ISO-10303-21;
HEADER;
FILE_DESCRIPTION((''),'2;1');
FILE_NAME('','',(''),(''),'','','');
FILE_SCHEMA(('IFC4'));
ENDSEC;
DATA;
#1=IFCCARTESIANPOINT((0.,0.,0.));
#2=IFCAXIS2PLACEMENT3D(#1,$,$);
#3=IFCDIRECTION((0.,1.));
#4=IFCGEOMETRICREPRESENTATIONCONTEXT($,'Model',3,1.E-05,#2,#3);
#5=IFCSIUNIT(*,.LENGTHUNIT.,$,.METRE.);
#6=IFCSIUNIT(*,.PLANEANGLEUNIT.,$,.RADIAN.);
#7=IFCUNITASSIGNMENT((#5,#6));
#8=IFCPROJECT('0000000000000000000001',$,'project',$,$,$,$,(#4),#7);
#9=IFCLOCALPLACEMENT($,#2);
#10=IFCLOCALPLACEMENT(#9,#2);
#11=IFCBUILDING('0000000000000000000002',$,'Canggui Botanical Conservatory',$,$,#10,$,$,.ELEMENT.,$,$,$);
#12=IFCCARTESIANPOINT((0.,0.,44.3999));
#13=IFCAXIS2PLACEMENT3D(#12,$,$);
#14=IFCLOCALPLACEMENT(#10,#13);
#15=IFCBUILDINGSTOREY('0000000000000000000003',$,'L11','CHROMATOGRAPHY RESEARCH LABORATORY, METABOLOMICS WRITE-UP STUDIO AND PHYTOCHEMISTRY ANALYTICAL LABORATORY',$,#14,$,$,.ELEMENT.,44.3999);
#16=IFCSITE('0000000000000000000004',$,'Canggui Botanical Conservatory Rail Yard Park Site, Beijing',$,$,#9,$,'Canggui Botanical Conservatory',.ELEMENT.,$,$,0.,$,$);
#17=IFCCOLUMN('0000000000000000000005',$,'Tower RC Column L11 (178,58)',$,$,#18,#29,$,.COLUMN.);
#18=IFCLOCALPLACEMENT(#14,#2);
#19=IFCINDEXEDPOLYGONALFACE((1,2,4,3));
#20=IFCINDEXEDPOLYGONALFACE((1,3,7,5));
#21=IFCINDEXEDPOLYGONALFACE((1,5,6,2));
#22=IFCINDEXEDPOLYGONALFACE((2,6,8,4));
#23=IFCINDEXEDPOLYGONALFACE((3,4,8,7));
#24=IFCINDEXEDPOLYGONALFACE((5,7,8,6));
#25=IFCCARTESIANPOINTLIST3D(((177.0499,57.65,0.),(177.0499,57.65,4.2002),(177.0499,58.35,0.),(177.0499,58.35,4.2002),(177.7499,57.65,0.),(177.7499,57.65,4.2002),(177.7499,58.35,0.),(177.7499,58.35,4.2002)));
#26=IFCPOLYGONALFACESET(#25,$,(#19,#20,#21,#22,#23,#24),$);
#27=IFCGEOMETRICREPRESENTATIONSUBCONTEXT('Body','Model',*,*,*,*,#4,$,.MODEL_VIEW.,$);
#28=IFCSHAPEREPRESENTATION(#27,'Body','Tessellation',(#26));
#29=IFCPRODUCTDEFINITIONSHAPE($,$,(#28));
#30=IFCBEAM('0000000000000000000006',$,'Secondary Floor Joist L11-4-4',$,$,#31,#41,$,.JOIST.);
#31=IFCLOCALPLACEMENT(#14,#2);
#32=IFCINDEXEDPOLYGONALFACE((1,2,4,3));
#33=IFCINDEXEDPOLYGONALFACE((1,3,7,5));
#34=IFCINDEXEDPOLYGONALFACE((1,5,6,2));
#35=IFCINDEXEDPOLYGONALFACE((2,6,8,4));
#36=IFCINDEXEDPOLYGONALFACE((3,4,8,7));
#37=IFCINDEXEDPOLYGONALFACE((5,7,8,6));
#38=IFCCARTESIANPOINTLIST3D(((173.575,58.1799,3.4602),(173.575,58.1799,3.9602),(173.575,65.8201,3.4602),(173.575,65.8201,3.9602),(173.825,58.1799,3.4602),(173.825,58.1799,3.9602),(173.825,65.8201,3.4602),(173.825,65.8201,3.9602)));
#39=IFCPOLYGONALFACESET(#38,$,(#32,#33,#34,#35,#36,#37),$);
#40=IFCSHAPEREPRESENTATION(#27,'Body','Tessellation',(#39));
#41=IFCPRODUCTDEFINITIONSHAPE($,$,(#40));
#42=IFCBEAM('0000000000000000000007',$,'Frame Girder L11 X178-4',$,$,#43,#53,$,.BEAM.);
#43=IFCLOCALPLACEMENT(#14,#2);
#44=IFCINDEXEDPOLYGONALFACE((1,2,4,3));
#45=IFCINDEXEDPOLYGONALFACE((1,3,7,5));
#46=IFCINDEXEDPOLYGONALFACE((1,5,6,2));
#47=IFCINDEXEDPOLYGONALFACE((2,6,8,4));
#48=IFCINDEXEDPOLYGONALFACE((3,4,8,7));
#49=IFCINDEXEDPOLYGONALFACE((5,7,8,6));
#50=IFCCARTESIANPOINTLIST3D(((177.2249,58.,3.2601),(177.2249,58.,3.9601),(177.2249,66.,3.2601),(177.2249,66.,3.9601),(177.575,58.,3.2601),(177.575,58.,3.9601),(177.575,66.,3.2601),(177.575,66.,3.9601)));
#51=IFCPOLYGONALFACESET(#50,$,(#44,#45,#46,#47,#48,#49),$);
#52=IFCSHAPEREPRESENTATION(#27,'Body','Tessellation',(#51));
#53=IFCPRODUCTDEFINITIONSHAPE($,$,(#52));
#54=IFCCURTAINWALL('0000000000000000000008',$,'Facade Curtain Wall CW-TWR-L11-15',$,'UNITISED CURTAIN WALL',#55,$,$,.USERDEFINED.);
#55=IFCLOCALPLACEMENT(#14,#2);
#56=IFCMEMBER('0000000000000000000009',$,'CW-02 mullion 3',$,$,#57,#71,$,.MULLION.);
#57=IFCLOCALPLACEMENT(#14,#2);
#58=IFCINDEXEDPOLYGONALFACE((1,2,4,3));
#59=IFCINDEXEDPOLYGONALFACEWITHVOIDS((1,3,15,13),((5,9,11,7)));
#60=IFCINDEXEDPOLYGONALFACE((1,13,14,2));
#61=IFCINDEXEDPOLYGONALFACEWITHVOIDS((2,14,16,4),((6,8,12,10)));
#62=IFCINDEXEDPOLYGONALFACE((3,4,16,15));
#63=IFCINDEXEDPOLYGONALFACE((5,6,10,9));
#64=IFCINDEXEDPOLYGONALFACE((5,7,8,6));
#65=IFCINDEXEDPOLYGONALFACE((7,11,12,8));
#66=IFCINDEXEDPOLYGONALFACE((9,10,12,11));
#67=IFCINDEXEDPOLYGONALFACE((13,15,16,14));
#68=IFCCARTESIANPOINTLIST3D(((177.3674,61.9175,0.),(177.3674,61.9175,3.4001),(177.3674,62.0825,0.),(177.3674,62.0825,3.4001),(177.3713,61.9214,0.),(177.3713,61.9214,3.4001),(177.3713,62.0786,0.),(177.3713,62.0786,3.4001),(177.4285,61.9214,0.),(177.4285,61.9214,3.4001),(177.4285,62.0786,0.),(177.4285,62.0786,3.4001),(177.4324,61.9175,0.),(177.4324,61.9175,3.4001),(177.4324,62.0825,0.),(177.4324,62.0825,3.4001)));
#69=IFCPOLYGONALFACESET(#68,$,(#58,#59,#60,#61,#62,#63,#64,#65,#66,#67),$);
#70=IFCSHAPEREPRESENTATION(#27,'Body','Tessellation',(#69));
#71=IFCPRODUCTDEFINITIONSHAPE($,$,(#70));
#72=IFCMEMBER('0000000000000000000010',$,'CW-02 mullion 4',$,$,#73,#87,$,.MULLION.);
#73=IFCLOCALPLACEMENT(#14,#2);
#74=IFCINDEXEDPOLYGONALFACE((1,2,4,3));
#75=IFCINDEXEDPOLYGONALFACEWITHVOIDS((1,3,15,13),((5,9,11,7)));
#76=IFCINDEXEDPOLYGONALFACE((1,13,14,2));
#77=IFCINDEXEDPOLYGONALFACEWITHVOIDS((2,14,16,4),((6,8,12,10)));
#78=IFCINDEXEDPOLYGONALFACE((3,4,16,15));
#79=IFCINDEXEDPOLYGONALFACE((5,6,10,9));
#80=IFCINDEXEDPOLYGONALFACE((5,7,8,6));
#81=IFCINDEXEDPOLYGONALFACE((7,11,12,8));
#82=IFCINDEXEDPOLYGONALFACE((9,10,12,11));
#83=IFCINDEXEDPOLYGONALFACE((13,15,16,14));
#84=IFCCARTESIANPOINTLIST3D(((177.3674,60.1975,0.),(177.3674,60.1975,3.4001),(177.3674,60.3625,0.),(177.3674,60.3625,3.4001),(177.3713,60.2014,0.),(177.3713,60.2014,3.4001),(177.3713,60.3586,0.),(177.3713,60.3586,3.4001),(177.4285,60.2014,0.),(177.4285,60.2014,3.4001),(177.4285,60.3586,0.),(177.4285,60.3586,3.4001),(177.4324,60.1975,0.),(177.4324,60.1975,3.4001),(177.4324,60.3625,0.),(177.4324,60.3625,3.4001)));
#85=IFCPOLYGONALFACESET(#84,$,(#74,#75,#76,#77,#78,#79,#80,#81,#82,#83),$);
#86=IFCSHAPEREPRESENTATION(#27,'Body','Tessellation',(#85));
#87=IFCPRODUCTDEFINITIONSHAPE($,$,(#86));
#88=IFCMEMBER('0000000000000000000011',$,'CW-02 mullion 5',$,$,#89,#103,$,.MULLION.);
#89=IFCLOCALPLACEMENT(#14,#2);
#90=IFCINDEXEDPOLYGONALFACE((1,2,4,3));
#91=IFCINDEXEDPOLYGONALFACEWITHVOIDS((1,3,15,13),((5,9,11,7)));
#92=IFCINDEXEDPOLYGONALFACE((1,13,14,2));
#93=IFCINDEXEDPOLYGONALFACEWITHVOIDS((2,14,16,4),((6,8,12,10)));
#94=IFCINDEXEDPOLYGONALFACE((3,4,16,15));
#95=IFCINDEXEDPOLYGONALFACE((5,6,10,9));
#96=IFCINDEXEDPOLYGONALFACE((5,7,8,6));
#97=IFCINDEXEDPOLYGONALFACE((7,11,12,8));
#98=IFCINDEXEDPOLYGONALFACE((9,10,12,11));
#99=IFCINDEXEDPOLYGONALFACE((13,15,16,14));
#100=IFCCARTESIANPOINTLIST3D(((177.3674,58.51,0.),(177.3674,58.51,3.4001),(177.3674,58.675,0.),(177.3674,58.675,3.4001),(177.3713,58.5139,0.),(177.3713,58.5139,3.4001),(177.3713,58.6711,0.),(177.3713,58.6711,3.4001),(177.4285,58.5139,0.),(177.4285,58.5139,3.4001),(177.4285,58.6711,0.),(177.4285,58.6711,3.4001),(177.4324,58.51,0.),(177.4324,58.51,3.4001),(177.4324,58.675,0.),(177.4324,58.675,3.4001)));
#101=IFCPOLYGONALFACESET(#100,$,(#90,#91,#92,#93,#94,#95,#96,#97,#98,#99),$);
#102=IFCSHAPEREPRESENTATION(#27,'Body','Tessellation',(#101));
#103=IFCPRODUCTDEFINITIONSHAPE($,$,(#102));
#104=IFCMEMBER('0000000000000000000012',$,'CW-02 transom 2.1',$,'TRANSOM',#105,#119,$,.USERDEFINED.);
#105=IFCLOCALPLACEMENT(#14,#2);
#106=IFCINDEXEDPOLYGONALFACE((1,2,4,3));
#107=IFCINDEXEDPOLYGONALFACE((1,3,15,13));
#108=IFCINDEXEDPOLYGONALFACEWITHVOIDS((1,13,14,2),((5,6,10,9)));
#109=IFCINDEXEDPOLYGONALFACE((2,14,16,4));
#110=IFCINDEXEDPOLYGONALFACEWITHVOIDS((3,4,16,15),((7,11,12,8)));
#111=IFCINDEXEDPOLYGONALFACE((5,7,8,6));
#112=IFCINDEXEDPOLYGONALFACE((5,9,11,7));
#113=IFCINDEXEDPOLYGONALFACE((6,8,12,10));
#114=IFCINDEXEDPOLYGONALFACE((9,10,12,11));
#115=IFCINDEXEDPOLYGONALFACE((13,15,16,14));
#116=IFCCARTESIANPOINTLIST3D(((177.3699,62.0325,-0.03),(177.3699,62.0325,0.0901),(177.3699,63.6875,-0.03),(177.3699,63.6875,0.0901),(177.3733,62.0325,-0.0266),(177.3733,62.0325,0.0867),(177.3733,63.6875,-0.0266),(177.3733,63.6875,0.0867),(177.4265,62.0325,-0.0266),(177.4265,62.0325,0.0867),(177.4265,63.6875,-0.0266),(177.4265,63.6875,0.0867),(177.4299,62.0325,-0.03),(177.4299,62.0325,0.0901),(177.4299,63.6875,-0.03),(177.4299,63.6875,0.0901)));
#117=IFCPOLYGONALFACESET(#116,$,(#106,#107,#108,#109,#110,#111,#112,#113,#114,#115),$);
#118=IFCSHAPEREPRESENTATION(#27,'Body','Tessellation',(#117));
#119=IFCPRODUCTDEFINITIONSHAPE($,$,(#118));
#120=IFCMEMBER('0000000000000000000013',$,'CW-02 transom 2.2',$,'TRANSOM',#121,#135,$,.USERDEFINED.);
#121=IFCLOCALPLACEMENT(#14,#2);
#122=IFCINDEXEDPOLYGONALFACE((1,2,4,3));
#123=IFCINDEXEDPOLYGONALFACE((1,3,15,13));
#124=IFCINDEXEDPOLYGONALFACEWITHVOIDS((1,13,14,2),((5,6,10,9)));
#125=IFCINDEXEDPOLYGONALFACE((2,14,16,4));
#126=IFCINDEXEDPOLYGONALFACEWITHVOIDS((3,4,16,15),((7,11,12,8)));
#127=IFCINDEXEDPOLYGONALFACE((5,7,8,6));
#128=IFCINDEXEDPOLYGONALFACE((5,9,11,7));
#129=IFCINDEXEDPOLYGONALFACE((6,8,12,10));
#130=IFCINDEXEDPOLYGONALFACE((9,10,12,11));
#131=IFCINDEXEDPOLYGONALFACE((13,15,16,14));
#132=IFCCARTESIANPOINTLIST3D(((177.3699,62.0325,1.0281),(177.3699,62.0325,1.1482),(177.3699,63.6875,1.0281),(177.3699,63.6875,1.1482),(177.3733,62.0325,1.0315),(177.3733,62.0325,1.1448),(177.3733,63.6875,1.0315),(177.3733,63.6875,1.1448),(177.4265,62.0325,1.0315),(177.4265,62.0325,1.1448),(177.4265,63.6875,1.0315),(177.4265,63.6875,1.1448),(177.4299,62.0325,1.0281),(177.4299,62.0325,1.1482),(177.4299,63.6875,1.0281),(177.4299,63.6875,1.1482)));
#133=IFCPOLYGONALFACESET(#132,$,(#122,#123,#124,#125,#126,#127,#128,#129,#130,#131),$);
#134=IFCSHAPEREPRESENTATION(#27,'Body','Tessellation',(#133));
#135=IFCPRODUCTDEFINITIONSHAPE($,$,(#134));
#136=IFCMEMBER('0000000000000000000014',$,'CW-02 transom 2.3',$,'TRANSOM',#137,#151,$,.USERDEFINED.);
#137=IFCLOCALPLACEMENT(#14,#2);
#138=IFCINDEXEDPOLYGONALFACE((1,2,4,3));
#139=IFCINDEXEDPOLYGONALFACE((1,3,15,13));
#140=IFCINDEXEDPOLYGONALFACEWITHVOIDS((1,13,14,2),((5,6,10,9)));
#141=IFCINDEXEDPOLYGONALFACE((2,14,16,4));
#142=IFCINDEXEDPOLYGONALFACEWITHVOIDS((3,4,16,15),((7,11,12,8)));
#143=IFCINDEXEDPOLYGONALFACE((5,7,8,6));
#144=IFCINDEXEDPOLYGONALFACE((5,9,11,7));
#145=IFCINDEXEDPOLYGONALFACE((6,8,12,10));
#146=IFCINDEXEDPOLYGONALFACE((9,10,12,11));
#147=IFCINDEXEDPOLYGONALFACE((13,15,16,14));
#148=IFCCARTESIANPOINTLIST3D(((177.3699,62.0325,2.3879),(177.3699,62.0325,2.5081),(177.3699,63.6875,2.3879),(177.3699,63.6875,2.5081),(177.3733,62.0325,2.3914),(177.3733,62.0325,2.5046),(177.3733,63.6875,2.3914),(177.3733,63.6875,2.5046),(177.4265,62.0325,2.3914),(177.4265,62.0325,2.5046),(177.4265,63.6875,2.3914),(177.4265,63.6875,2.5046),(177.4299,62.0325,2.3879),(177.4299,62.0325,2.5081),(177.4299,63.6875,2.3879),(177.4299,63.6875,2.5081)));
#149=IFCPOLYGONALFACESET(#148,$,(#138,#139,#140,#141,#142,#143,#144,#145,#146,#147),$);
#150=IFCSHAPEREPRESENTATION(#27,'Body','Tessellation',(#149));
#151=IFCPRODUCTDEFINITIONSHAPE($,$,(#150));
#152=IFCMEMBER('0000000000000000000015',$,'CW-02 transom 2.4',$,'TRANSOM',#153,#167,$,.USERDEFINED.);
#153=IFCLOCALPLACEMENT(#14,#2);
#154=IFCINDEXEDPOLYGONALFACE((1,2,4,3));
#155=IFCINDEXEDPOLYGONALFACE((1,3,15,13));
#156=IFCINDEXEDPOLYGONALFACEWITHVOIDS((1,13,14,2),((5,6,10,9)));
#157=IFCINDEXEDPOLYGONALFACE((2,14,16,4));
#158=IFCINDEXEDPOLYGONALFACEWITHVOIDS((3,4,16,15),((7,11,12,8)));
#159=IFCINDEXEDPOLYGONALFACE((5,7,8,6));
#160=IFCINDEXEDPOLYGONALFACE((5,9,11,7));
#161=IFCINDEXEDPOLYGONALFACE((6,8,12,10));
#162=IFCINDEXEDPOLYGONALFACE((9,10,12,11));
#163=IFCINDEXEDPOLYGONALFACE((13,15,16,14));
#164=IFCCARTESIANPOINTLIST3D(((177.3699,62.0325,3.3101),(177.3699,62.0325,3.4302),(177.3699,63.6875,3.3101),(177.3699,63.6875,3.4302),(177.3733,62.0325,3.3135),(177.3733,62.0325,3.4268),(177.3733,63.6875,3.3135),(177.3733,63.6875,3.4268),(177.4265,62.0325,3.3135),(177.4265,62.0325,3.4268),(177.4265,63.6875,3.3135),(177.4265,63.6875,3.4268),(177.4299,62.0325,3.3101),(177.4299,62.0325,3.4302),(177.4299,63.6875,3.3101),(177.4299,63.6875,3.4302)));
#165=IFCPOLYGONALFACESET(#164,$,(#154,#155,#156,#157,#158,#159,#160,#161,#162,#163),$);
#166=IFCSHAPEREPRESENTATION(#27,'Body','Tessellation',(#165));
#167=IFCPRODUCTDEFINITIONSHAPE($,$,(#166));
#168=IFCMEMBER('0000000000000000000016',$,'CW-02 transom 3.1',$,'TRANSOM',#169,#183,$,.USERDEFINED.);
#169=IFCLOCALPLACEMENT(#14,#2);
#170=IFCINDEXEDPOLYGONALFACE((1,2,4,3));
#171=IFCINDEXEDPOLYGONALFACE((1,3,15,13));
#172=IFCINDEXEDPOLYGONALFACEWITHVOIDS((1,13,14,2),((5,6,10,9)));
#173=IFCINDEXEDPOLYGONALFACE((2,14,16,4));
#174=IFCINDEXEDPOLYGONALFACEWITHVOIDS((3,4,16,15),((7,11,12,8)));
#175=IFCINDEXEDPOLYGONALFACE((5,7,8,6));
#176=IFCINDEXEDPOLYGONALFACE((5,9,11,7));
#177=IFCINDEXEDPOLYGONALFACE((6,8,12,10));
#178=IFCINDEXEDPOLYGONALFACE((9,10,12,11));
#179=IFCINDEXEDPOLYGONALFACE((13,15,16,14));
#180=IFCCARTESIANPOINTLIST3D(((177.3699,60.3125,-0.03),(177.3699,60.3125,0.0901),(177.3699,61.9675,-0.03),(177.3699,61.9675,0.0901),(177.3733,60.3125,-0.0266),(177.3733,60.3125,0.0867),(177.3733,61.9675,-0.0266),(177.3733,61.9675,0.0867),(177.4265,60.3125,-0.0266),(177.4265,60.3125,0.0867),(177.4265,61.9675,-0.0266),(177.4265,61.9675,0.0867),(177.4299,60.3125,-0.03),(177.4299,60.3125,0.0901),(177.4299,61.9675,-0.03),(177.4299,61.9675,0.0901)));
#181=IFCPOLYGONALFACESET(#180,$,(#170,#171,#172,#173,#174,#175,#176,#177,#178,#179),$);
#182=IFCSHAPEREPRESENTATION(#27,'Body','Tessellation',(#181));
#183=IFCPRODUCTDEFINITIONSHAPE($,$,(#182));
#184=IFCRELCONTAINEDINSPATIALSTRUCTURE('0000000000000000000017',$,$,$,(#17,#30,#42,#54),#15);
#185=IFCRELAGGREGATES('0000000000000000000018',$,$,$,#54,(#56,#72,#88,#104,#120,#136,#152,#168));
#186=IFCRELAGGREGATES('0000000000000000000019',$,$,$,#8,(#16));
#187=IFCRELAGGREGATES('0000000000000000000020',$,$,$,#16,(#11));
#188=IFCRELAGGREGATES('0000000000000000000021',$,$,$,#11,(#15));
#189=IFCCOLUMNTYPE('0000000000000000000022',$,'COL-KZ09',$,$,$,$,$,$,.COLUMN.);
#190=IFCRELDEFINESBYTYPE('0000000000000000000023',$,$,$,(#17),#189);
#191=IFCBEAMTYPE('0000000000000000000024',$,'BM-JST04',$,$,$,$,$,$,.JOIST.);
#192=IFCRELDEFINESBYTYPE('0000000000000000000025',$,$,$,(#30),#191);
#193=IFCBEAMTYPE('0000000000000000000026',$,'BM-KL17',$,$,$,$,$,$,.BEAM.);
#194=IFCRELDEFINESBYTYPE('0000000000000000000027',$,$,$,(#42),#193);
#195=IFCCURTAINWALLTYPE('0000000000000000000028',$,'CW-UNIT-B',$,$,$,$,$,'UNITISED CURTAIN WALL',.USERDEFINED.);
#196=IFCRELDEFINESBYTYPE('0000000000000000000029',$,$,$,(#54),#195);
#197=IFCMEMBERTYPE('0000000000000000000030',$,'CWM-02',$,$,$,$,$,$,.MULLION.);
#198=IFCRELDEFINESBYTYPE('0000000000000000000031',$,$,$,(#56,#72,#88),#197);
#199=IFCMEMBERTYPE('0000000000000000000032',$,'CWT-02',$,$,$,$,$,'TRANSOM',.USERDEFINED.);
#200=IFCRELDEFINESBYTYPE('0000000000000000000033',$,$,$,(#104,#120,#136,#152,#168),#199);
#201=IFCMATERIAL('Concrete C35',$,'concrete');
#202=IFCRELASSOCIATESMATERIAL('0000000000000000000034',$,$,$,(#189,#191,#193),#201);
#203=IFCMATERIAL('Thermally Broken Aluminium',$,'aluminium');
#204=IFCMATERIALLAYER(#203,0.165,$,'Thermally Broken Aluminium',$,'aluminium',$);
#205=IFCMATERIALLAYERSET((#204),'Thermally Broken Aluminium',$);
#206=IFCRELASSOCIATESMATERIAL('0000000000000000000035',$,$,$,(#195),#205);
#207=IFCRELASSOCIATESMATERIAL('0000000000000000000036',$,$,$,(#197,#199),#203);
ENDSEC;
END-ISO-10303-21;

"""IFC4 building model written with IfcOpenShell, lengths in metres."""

from ifc_helpers import new_model, si_unit, direction, frame, origin, origin_2d, place, context, subcontext, project, spatial, rectangle, hollow_rectangle, extrude, material, layer, layer_set, material_profile, profile_set, type_object, element, aggregate, save


model = new_model("IFC4")

# Units and contexts
model_context = context("Model", 3, precision=1e-05, world=origin(), true_north=direction((0.0, 1.0)))
body_context = subcontext(model_context, "Body", "Model", "MODEL_VIEW")
ifc_project = project(units=[si_unit("LENGTHUNIT", "METRE"), si_unit("PLANEANGLEUNIT", "RADIAN")], contexts=[model_context])

# Site, building, storey
site_placement = place(None, origin())
site = spatial("IfcSite", under=ifc_project, at=site_placement, Name="Canggui Botanical Conservatory Rail Yard Park Site, Beijing", LongName="Canggui Botanical Conservatory", CompositionType="ELEMENT", RefElevation=0.0)
building_placement = place(site_placement, origin())
building = spatial("IfcBuilding", under=site, at=building_placement, Name="Canggui Botanical Conservatory", CompositionType="ELEMENT")
storey_placement = place(building_placement, frame((0.0, 0.0, 44.3999)))
storey = spatial("IfcBuildingStorey", under=building, at=storey_placement, Name="L11", Description="CHROMATOGRAPHY RESEARCH LABORATORY, METABOLOMICS WRITE-UP STUDIO AND PHYTOCHEMISTRY ANALYTICAL LABORATORY", CompositionType="ELEMENT", Elevation=44.3999)

# Column
ifc_material_1 = material(Name="Concrete C35", Category="concrete")
ifc_material_profile_1 = material_profile(ifc_material_1, rectangle(XDim=0.7, YDim=0.7, at=origin_2d()), Name="RC 700x700")
ifc_profile_set_1 = profile_set([ifc_material_profile_1], Name="Concrete C35")
column_type = type_object("IfcColumnType", Name="COL-KZ09", PredefinedType="COLUMN", material=ifc_profile_set_1)
column_placement = place(storey_placement, frame((177.3999, 58.0, 0.0), z_axis=(0.0, 0.0, 1.0), x_axis=(1.0, 0.0, 0.0)))
element("IfcColumn", 1, at=column_placement, inside=storey, type_object=column_type, Name="Tower RC Column L11 (178,58)", PredefinedType="COLUMN", context=body_context, shape_type="SweptSolid", body=[
    extrude(rectangle(XDim=0.7, YDim=0.7, at=origin_2d()), origin(), (0.0, 0.0, 1.0), 4.2002),
])

# Beams
ifc_material_profile_2 = material_profile(ifc_material_1, rectangle(XDim=0.25, YDim=0.5, at=origin_2d()), Name="RB 250x500")
ifc_profile_set_2 = profile_set([ifc_material_profile_2], Name="Concrete C35")
beam_type_1 = type_object("IfcBeamType", Name="BM-JST04", PredefinedType="JOIST", material=ifc_profile_set_2)
beam_1_placement = place(storey_placement, frame((173.7, 58.1799, 3.7102), z_axis=(0.0, 1.0, 0.0), x_axis=(-1.0, 0.0, 0.0)))
element("IfcBeam", 2, at=beam_1_placement, inside=storey, type_object=beam_type_1, Name="Secondary Floor Joist L11-4-4", PredefinedType="JOIST", context=body_context, shape_type="SweptSolid", body=[
    extrude(rectangle(XDim=0.25, YDim=0.5, at=origin_2d()), origin(), (0.0, 0.0, 1.0), 7.6401),
])
ifc_material_profile_3 = material_profile(ifc_material_1, rectangle(XDim=0.3501, YDim=0.7, at=origin_2d()), Name="RB 350x700")
ifc_profile_set_3 = profile_set([ifc_material_profile_3], Name="Concrete C35")
beam_type_2 = type_object("IfcBeamType", Name="BM-KL17", PredefinedType="BEAM", material=ifc_profile_set_3)
beam_2_placement = place(storey_placement, frame((177.3999, 58.0, 3.6101), z_axis=(0.0, 1.0, 0.0), x_axis=(-1.0, 0.0, 0.0)))
element("IfcBeam", 3, at=beam_2_placement, inside=storey, type_object=beam_type_2, Name="Frame Girder L11 X178-4", PredefinedType="BEAM", context=body_context, shape_type="SweptSolid", body=[
    extrude(rectangle(XDim=0.3501, YDim=0.7, at=origin_2d()), origin(), (0.0, 0.0, 1.0), 8.0),
])

# Curtain wall, members
ifc_material_2 = material(Name="Thermally Broken Aluminium", Category="aluminium")
ifc_layer_1 = layer(ifc_material_2, 0.165, Name="Thermally Broken Aluminium", Category="aluminium")
ifc_layer_set_1 = layer_set([ifc_layer_1], Name="Thermally Broken Aluminium")
curtain_wall_type = type_object("IfcCurtainWallType", Name="CW-UNIT-B", ElementType="UNITISED CURTAIN WALL", PredefinedType="USERDEFINED", material=ifc_layer_set_1)
curtain_wall_placement = place(storey_placement, origin())
curtain_wall = element("IfcCurtainWall", 4, at=curtain_wall_placement, inside=storey, type_object=curtain_wall_type, Name="Facade Curtain Wall CW-TWR-L11-15", ObjectType="UNITISED CURTAIN WALL", PredefinedType="USERDEFINED")
ifc_material_profile_4 = material_profile(ifc_material_2, hollow_rectangle(XDim=0.0649, YDim=0.165, WallThickness=0.0039, at=origin_2d()), Name="CWM 65x165x4")
ifc_profile_set_4 = profile_set([ifc_material_profile_4], Name="Thermally Broken Aluminium")
member_type_1 = type_object("IfcMemberType", Name="CWM-02", PredefinedType="MULLION", material=ifc_profile_set_4)
member_1_placement = place(storey_placement, frame((177.3999, 62.0, 0.0), z_axis=(0.0, 0.0, 1.0), x_axis=(1.0, 0.0, 0.0)))
member_1 = element("IfcMember", 5, at=member_1_placement, type_object=member_type_1, Name="CW-02 mullion 3", PredefinedType="MULLION", context=body_context, shape_type="SweptSolid", body=[
    extrude(hollow_rectangle(XDim=0.0649, YDim=0.165, WallThickness=0.0039, at=origin_2d()), origin(), (0.0, 0.0, 1.0), 3.4001),
])
member_2_placement = place(storey_placement, frame((177.3999, 60.28, 0.0), z_axis=(0.0, 0.0, 1.0), x_axis=(1.0, 0.0, 0.0)))
member_2 = element("IfcMember", 6, at=member_2_placement, type_object=member_type_1, Name="CW-02 mullion 4", PredefinedType="MULLION", context=body_context, shape_type="SweptSolid", body=[
    extrude(hollow_rectangle(XDim=0.0649, YDim=0.165, WallThickness=0.0039, at=origin_2d()), origin(), (0.0, 0.0, 1.0), 3.4001),
])
member_3_placement = place(storey_placement, frame((177.3999, 58.5925, 0.0), z_axis=(0.0, 0.0, 1.0), x_axis=(1.0, 0.0, 0.0)))
member_3 = element("IfcMember", 7, at=member_3_placement, type_object=member_type_1, Name="CW-02 mullion 5", PredefinedType="MULLION", context=body_context, shape_type="SweptSolid", body=[
    extrude(hollow_rectangle(XDim=0.0649, YDim=0.165, WallThickness=0.0039, at=origin_2d()), origin(), (0.0, 0.0, 1.0), 3.4001),
])
ifc_material_profile_5 = material_profile(ifc_material_2, hollow_rectangle(XDim=0.0601, YDim=0.1201, WallThickness=0.0034, at=origin_2d()), Name="CWT 60x120x3.5")
ifc_profile_set_5 = profile_set([ifc_material_profile_5], Name="Thermally Broken Aluminium")
member_type_2 = type_object("IfcMemberType", Name="CWT-02", ElementType="TRANSOM", PredefinedType="USERDEFINED", material=ifc_profile_set_5)
member_4_placement = place(storey_placement, frame((177.3999, 63.6875, 0.03), z_axis=(0.0, -1.0, 0.0), x_axis=(1.0, 0.0, 0.0)))
member_4 = element("IfcMember", 8, at=member_4_placement, type_object=member_type_2, Name="CW-02 transom 2.1", ObjectType="TRANSOM", PredefinedType="USERDEFINED", context=body_context, shape_type="SweptSolid", body=[
    extrude(hollow_rectangle(XDim=0.0601, YDim=0.1201, WallThickness=0.0034, at=origin_2d()), origin(), (0.0, 0.0, 1.0), 1.655),
])
member_5_placement = place(storey_placement, frame((177.3999, 63.6875, 1.0881), z_axis=(0.0, -1.0, 0.0), x_axis=(1.0, 0.0, 0.0)))
member_5 = element("IfcMember", 9, at=member_5_placement, type_object=member_type_2, Name="CW-02 transom 2.2", ObjectType="TRANSOM", PredefinedType="USERDEFINED", context=body_context, shape_type="SweptSolid", body=[
    extrude(hollow_rectangle(XDim=0.0601, YDim=0.1201, WallThickness=0.0034, at=origin_2d()), origin(), (0.0, 0.0, 1.0), 1.655),
])
member_6_placement = place(storey_placement, frame((177.3999, 63.6875, 2.448), z_axis=(0.0, -1.0, 0.0), x_axis=(1.0, 0.0, 0.0)))
member_6 = element("IfcMember", 10, at=member_6_placement, type_object=member_type_2, Name="CW-02 transom 2.3", ObjectType="TRANSOM", PredefinedType="USERDEFINED", context=body_context, shape_type="SweptSolid", body=[
    extrude(hollow_rectangle(XDim=0.0601, YDim=0.1201, WallThickness=0.0034, at=origin_2d()), origin(), (0.0, 0.0, 1.0), 1.655),
])
member_7_placement = place(storey_placement, frame((177.3999, 63.6875, 3.3701), z_axis=(0.0, -1.0, 0.0), x_axis=(1.0, 0.0, 0.0)))
member_7 = element("IfcMember", 11, at=member_7_placement, type_object=member_type_2, Name="CW-02 transom 2.4", ObjectType="TRANSOM", PredefinedType="USERDEFINED", context=body_context, shape_type="SweptSolid", body=[
    extrude(hollow_rectangle(XDim=0.0601, YDim=0.1201, WallThickness=0.0034, at=origin_2d()), origin(), (0.0, 0.0, 1.0), 1.655),
])
member_8_placement = place(storey_placement, frame((177.3999, 61.9675, 0.03), z_axis=(0.0, -1.0, 0.0), x_axis=(1.0, 0.0, 0.0)))
member_8 = element("IfcMember", 12, at=member_8_placement, type_object=member_type_2, Name="CW-02 transom 3.1", ObjectType="TRANSOM", PredefinedType="USERDEFINED", context=body_context, shape_type="SweptSolid", body=[
    extrude(hollow_rectangle(XDim=0.0601, YDim=0.1201, WallThickness=0.0034, at=origin_2d()), origin(), (0.0, 0.0, 1.0), 1.655),
])
aggregate(curtain_wall, [member_1, member_2, member_3, member_4, member_5, member_6, member_7, member_8])

save(model, "model.ifc")
